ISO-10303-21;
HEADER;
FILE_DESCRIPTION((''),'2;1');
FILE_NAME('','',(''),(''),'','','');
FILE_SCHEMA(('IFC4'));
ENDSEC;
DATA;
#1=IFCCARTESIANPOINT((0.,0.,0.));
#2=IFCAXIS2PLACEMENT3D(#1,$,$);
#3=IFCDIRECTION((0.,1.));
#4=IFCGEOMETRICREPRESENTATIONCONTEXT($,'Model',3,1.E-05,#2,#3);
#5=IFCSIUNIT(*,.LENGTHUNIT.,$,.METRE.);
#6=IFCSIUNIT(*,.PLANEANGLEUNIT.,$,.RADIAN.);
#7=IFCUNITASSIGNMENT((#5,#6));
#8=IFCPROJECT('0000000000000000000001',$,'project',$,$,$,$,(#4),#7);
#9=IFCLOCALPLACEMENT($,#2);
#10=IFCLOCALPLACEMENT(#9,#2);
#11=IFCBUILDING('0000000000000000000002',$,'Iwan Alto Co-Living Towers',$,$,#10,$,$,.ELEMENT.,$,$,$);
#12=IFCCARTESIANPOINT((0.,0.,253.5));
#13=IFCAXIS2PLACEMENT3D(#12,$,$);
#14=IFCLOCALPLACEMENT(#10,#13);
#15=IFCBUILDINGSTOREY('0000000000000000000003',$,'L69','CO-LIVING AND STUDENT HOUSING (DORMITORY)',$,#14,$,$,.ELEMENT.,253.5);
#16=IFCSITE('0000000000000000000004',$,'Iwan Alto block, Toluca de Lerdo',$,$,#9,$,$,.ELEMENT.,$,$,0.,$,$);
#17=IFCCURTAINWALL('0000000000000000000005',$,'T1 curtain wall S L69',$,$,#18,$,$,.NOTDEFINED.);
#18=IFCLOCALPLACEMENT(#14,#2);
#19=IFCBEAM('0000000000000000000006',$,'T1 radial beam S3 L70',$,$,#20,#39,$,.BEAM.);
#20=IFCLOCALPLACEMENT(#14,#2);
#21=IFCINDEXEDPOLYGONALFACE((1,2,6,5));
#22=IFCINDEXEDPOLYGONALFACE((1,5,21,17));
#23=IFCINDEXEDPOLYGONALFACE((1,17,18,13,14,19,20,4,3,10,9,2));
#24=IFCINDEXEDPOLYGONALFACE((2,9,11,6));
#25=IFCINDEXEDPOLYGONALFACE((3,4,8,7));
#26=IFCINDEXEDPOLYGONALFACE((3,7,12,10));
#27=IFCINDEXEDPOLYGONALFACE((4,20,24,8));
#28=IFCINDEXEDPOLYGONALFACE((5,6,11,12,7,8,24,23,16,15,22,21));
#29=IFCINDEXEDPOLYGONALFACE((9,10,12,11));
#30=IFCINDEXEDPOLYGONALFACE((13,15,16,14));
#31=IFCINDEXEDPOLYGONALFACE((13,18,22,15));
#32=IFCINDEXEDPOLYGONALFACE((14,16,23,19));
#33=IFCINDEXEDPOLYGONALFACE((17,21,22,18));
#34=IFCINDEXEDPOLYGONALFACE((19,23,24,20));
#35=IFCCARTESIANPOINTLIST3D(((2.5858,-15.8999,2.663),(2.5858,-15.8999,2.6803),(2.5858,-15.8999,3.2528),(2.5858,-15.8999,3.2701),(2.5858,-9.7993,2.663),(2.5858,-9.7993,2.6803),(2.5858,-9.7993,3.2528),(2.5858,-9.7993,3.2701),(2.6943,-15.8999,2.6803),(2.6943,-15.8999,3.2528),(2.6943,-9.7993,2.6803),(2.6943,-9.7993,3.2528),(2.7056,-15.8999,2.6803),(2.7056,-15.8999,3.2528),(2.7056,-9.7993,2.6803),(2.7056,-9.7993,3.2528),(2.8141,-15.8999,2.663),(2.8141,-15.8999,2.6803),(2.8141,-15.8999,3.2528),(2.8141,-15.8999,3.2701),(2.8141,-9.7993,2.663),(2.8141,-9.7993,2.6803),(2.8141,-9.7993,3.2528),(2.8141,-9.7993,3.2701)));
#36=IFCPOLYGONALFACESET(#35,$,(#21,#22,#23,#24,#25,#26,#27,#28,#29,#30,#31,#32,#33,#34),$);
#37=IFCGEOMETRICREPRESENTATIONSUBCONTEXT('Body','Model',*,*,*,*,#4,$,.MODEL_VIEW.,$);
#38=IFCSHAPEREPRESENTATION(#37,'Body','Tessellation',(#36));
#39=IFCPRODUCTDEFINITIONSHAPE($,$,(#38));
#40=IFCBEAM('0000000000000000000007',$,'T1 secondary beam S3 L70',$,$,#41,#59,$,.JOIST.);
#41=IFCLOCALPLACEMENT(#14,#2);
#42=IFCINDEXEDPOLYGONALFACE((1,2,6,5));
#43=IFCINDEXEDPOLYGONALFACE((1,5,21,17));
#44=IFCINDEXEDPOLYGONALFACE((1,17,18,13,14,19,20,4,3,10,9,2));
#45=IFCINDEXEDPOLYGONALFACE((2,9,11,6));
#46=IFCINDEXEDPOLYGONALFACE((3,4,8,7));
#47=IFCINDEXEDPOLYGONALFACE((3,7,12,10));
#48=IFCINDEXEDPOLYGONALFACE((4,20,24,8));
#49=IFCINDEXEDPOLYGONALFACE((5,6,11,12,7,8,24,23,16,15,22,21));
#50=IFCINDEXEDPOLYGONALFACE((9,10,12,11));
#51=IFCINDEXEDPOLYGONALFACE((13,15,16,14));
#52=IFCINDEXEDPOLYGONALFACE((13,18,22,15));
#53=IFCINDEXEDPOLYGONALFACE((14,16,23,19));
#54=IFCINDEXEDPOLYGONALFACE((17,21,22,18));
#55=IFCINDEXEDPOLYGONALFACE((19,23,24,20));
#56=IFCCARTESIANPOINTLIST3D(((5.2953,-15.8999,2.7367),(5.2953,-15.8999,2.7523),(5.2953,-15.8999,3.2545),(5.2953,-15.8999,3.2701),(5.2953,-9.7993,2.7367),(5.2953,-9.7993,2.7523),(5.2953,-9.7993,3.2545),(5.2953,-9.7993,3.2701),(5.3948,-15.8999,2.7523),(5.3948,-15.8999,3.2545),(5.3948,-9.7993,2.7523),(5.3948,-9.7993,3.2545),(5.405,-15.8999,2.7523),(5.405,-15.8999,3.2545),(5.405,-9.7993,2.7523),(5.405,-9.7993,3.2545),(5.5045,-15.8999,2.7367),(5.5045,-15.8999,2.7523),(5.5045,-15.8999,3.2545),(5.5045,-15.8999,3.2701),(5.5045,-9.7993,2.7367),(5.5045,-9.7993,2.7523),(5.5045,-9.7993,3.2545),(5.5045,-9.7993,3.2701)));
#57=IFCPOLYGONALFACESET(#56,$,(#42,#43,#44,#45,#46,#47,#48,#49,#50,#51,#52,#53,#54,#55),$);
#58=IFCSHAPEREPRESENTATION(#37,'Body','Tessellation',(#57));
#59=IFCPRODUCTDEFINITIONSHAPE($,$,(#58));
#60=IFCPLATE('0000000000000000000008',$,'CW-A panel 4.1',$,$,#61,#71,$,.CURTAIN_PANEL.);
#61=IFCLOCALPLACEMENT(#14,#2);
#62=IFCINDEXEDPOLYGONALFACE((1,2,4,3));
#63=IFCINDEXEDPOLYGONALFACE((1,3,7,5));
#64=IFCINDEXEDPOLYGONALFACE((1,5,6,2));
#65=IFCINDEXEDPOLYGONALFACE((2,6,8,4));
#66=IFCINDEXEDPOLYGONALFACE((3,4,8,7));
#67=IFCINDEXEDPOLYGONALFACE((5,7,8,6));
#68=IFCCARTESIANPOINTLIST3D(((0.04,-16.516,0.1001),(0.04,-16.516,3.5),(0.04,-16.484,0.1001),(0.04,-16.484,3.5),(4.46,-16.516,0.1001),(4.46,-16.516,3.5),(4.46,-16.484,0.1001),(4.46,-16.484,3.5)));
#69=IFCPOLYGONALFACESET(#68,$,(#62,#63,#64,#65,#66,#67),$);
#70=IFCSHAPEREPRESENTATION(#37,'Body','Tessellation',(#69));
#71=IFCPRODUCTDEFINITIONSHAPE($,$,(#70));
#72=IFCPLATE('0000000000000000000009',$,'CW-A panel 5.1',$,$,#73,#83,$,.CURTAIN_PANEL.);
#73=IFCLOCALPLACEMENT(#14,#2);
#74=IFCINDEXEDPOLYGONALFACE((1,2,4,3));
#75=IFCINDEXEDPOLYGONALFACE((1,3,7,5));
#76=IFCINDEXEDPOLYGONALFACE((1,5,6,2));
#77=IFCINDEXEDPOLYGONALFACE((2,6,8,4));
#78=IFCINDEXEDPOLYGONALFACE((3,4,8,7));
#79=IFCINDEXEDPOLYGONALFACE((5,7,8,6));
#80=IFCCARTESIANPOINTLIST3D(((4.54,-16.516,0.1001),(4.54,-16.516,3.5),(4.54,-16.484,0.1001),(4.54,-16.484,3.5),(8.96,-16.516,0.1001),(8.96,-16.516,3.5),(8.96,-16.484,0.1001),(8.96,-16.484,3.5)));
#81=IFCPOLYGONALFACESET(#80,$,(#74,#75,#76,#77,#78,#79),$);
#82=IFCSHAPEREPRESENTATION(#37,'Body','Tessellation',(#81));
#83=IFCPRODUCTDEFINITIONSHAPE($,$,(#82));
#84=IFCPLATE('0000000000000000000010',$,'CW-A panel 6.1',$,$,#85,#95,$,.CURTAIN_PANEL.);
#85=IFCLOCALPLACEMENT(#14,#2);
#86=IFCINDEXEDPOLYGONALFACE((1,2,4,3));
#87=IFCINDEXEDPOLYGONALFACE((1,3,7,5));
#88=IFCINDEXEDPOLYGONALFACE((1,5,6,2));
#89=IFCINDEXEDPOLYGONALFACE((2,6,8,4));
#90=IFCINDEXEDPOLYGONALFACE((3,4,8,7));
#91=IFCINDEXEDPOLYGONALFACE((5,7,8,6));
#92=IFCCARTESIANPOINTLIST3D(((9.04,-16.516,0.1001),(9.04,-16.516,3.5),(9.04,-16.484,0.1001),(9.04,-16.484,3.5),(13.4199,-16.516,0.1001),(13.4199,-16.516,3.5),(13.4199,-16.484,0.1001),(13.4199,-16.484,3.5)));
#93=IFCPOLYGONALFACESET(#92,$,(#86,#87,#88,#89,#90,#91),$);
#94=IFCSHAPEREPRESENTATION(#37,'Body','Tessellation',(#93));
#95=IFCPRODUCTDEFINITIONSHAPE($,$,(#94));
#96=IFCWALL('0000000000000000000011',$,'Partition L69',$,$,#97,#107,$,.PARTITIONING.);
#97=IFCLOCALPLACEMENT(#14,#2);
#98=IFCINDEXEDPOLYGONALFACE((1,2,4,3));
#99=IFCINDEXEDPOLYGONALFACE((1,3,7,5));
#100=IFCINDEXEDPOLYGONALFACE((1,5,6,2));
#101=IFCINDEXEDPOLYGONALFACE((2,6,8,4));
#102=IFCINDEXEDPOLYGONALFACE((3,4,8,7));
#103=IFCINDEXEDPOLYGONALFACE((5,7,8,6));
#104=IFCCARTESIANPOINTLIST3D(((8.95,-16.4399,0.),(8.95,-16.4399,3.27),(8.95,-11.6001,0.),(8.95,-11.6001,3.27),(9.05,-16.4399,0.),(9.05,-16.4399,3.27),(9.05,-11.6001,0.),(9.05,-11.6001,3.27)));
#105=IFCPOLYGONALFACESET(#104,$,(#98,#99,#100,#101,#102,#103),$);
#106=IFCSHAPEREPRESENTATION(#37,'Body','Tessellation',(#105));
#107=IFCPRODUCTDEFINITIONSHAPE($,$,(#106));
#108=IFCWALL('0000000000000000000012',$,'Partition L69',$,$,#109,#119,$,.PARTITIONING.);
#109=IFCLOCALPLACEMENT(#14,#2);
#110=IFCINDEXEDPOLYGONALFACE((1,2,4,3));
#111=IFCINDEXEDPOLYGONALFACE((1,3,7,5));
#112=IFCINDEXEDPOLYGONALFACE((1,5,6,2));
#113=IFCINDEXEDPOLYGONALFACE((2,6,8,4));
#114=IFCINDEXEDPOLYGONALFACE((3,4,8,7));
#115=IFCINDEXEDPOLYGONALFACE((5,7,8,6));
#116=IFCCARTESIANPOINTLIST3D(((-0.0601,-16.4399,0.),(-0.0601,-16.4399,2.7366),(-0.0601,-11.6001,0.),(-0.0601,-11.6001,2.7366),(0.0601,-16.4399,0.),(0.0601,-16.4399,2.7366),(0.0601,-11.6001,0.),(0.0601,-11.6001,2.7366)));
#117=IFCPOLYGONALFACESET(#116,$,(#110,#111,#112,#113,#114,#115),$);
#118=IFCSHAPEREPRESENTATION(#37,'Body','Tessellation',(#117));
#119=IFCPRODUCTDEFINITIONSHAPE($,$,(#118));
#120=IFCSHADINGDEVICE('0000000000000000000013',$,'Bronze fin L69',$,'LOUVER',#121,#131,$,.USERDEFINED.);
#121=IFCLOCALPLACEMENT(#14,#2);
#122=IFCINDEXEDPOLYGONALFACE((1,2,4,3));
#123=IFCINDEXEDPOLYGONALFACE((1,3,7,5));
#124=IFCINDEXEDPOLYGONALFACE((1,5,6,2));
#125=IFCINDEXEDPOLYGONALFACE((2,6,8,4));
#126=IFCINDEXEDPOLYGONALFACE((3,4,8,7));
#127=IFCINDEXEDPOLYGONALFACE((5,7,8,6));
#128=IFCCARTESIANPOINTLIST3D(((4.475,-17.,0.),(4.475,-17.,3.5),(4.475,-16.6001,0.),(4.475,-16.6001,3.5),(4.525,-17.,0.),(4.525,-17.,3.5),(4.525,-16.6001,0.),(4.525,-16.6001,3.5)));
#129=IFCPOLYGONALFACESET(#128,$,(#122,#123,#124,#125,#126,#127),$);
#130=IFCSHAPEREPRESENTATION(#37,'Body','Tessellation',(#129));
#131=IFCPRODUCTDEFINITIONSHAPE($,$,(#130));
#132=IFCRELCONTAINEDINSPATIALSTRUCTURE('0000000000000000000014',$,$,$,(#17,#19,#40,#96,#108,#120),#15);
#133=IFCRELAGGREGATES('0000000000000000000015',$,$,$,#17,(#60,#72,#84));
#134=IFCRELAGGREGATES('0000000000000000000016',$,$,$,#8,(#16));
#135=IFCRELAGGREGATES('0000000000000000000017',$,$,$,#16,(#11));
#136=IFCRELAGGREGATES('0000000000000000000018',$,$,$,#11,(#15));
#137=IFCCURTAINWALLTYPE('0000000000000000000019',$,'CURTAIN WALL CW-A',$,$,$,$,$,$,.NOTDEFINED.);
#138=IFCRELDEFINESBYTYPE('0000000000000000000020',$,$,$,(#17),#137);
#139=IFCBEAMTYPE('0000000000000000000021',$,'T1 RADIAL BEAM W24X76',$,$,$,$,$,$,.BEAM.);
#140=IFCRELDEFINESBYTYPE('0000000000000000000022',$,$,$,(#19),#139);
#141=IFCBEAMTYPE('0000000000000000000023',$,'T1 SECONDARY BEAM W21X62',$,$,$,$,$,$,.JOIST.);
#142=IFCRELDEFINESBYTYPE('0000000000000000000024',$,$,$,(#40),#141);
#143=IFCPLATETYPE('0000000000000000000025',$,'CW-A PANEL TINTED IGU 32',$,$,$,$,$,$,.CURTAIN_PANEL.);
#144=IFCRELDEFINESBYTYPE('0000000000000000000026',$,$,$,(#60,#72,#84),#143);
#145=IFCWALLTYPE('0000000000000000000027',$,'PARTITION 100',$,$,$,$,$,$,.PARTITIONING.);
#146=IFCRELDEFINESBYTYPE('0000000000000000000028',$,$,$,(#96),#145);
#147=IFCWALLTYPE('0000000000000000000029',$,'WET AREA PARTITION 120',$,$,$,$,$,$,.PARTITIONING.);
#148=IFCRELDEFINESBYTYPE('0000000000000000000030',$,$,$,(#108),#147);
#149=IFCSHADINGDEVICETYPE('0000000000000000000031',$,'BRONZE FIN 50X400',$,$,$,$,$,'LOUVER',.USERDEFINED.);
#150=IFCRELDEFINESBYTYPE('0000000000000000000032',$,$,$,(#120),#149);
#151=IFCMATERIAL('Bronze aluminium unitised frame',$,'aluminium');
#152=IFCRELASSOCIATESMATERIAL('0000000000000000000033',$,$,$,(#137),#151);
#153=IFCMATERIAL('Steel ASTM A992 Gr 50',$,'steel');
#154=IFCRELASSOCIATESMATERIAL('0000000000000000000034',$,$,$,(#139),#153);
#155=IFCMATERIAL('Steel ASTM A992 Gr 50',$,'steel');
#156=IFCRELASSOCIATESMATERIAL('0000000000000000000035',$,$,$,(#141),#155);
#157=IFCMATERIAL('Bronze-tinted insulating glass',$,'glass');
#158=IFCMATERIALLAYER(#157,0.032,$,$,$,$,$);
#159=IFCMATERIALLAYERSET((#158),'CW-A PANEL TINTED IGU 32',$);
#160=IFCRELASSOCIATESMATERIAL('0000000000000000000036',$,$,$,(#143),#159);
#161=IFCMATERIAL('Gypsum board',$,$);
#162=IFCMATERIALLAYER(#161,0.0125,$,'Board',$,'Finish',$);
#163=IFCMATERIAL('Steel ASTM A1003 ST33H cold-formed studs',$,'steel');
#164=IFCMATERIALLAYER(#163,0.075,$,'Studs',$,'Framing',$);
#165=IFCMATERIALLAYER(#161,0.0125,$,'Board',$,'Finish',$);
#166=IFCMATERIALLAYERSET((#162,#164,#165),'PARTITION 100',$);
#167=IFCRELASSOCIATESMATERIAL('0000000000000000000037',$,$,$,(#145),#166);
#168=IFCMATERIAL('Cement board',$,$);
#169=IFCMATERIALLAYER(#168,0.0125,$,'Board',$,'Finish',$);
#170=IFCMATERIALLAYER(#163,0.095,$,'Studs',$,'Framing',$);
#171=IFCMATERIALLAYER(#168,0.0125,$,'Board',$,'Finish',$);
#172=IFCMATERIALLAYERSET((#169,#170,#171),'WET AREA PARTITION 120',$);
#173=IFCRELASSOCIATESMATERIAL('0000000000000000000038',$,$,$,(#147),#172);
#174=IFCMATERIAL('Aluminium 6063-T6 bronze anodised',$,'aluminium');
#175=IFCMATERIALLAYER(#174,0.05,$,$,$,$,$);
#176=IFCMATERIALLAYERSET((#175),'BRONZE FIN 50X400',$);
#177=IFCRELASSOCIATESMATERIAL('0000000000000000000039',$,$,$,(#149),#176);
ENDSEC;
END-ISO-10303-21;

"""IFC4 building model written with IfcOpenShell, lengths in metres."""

from ifc_helpers import new_model, si_unit, direction, frame, frame_2d, origin, origin_2d, place, context, subcontext, project, spatial, rectangle, i_section, extrude, material, layer, layer_set, material_profile, profile_set, type_object, element, aggregate, save


model = new_model("IFC4")

# Units and contexts
model_context = context("Model", 3, precision=1e-05, world=origin(), true_north=direction((0.0, 1.0)))
body_context = subcontext(model_context, "Body", "Model", "MODEL_VIEW")
ifc_project = project(units=[si_unit("LENGTHUNIT", "METRE"), si_unit("PLANEANGLEUNIT", "RADIAN")], contexts=[model_context])

# Site, building, storey
site_placement = place(None, origin())
site = spatial("IfcSite", under=ifc_project, at=site_placement, Name="Iwan Alto block, Toluca de Lerdo", CompositionType="ELEMENT", RefElevation=0.0)
building_placement = place(site_placement, origin())
building = spatial("IfcBuilding", under=site, at=building_placement, Name="Iwan Alto Co-Living Towers", CompositionType="ELEMENT")
storey_placement = place(building_placement, frame((0.0, 0.0, 253.5)))
storey = spatial("IfcBuildingStorey", under=building, at=storey_placement, Name="L69", Description="CO-LIVING AND STUDENT HOUSING (DORMITORY)", CompositionType="ELEMENT", Elevation=253.5)

# Curtain wall
ifc_material_1 = material(Name="Bronze aluminium unitised frame", Category="aluminium")
curtain_wall_type = type_object("IfcCurtainWallType", Name="CURTAIN WALL CW-A", PredefinedType="NOTDEFINED", material=ifc_material_1)
curtain_wall_placement = place(storey_placement, origin())
curtain_wall = element("IfcCurtainWall", 1, at=curtain_wall_placement, inside=storey, type_object=curtain_wall_type, Name="T1 curtain wall S L69", PredefinedType="NOTDEFINED")

# Beams
ifc_material_2 = material(Name="Steel ASTM A992 Gr 50", Category="steel")
ifc_material_profile_1 = material_profile(ifc_material_2, i_section(OverallWidth=0.2283, OverallDepth=0.6072, WebThickness=0.0112, FlangeThickness=0.0173, at=origin_2d()), Name="W24X76")
ifc_profile_set_1 = profile_set([ifc_material_profile_1], Name="Steel ASTM A992 Gr 50")
beam_type_1 = type_object("IfcBeamType", Name="T1 RADIAL BEAM W24X76", PredefinedType="BEAM", material=ifc_profile_set_1)
beam_1_placement = place(storey_placement, frame((2.7, -15.8999, 2.9666), z_axis=(0.0, 1.0, 0.0), x_axis=(-1.0, 0.0, 0.0)))
element("IfcBeam", 2, at=beam_1_placement, inside=storey, type_object=beam_type_1, Name="T1 radial beam S3 L70", PredefinedType="BEAM", context=body_context, shape_type="SweptSolid", body=[
    extrude(i_section(OverallWidth=0.2283, OverallDepth=0.6072, WebThickness=0.0112, FlangeThickness=0.0173, at=origin_2d()), origin(), (0.0, 0.0, 1.0), 6.1006),
])
ifc_material_3 = material(Name="Steel ASTM A992 Gr 50", Category="steel")
ifc_material_profile_2 = material_profile(ifc_material_3, i_section(OverallWidth=0.2092, OverallDepth=0.5334, WebThickness=0.0103, FlangeThickness=0.0156, at=origin_2d()), Name="W21X62")
ifc_profile_set_2 = profile_set([ifc_material_profile_2], Name="Steel ASTM A992 Gr 50")
beam_type_2 = type_object("IfcBeamType", Name="T1 SECONDARY BEAM W21X62", PredefinedType="JOIST", material=ifc_profile_set_2)
beam_2_placement = place(storey_placement, frame((5.3999, -15.8999, 3.0034), z_axis=(0.0, 1.0, 0.0), x_axis=(-1.0, 0.0, 0.0)))
element("IfcBeam", 3, at=beam_2_placement, inside=storey, type_object=beam_type_2, Name="T1 secondary beam S3 L70", PredefinedType="JOIST", context=body_context, shape_type="SweptSolid", body=[
    extrude(i_section(OverallWidth=0.2092, OverallDepth=0.5334, WebThickness=0.0103, FlangeThickness=0.0156, at=origin_2d()), origin(), (0.0, 0.0, 1.0), 6.1006),
])

# Plates
ifc_material_4 = material(Name="Bronze-tinted insulating glass", Category="glass")
ifc_layer_1 = layer(ifc_material_4, 0.032)
ifc_layer_set_1 = layer_set([ifc_layer_1], Name="CW-A PANEL TINTED IGU 32")
plate_type = type_object("IfcPlateType", Name="CW-A PANEL TINTED IGU 32", PredefinedType="CURTAIN_PANEL", material=ifc_layer_set_1)
plate_1_placement = place(storey_placement, frame((2.25, -16.5, 0.1001), z_axis=(0.0, 0.0, 1.0), x_axis=(1.0, 0.0, 0.0)))
plate_1 = element("IfcPlate", 4, at=plate_1_placement, type_object=plate_type, Name="CW-A panel 4.1", PredefinedType="CURTAIN_PANEL", context=body_context, shape_type="SweptSolid", body=[
    extrude(rectangle(XDim=4.4199, YDim=0.032, at=origin_2d()), origin(), (0.0, 0.0, 1.0), 3.3999),
])
plate_2_placement = place(storey_placement, frame((6.75, -16.5, 0.1001), z_axis=(0.0, 0.0, 1.0), x_axis=(1.0, 0.0, 0.0)))
plate_2 = element("IfcPlate", 5, at=plate_2_placement, type_object=plate_type, Name="CW-A panel 5.1", PredefinedType="CURTAIN_PANEL", context=body_context, shape_type="SweptSolid", body=[
    extrude(rectangle(XDim=4.4199, YDim=0.032, at=origin_2d()), origin(), (0.0, 0.0, 1.0), 3.3999),
])
plate_3_placement = place(storey_placement, frame((11.23, -16.5, 0.1001), z_axis=(0.0, 0.0, 1.0), x_axis=(1.0, 0.0, 0.0)))
plate_3 = element("IfcPlate", 6, at=plate_3_placement, type_object=plate_type, Name="CW-A panel 6.1", PredefinedType="CURTAIN_PANEL", context=body_context, shape_type="SweptSolid", body=[
    extrude(rectangle(XDim=4.3799, YDim=0.032, at=origin_2d()), origin(), (0.0, 0.0, 1.0), 3.3999),
])
aggregate(curtain_wall, [plate_1, plate_2, plate_3])

# Walls
ifc_material_5 = material(Name="Gypsum board")
ifc_layer_2 = layer(ifc_material_5, 0.0125, Name="Board", Category="Finish")
ifc_material_6 = material(Name="Steel ASTM A1003 ST33H cold-formed studs", Category="steel")
ifc_layer_3 = layer(ifc_material_6, 0.075, Name="Studs", Category="Framing")
ifc_layer_4 = layer(ifc_material_5, 0.0125, Name="Board", Category="Finish")
ifc_layer_set_2 = layer_set([ifc_layer_2, ifc_layer_3, ifc_layer_4], Name="PARTITION 100")
wall_type_1 = type_object("IfcWallType", Name="PARTITION 100", PredefinedType="PARTITIONING", material=ifc_layer_set_2)
wall_1_placement = place(storey_placement, frame((9.0, -16.4399, 0.0), z_axis=(0.0, 0.0, 1.0), x_axis=(0.0, 1.0, 0.0)))
element("IfcWall", 7, at=wall_1_placement, inside=storey, type_object=wall_type_1, Name="Partition L69", PredefinedType="PARTITIONING", context=body_context, shape_type="SweptSolid", body=[
    extrude(rectangle(XDim=4.8398, YDim=0.1001, at=frame_2d((2.4199, 0.0))), origin(), (0.0, 0.0, 1.0), 3.27),
])
ifc_material_7 = material(Name="Cement board")
ifc_layer_5 = layer(ifc_material_7, 0.0125, Name="Board", Category="Finish")
ifc_layer_6 = layer(ifc_material_6, 0.095, Name="Studs", Category="Framing")
ifc_layer_7 = layer(ifc_material_7, 0.0125, Name="Board", Category="Finish")
ifc_layer_set_3 = layer_set([ifc_layer_5, ifc_layer_6, ifc_layer_7], Name="WET AREA PARTITION 120")
wall_type_2 = type_object("IfcWallType", Name="WET AREA PARTITION 120", PredefinedType="PARTITIONING", material=ifc_layer_set_3)
wall_2_placement = place(storey_placement, frame((0.0, -16.4399, 0.0), z_axis=(0.0, 0.0, 1.0), x_axis=(0.0, 1.0, 0.0)))
element("IfcWall", 8, at=wall_2_placement, inside=storey, type_object=wall_type_2, Name="Partition L69", PredefinedType="PARTITIONING", context=body_context, shape_type="SweptSolid", body=[
    extrude(rectangle(XDim=4.8398, YDim=0.1201, at=frame_2d((2.4199, 0.0))), origin(), (0.0, 0.0, 1.0), 2.7366),
])

# Shading device
ifc_material_8 = material(Name="Aluminium 6063-T6 bronze anodised", Category="aluminium")
ifc_layer_8 = layer(ifc_material_8, 0.05)
ifc_layer_set_4 = layer_set([ifc_layer_8], Name="BRONZE FIN 50X400")
shading_device_type = type_object("IfcShadingDeviceType", Name="BRONZE FIN 50X400", ElementType="LOUVER", PredefinedType="USERDEFINED", material=ifc_layer_set_4)
shading_device_placement = place(storey_placement, frame((4.5, -16.8, 0.0), z_axis=(0.0, 0.0, 1.0), x_axis=(1.0, 0.0, 0.0)))
element("IfcShadingDevice", 9, at=shading_device_placement, inside=storey, type_object=shading_device_type, Name="Bronze fin L69", ObjectType="LOUVER", PredefinedType="USERDEFINED", context=body_context, shape_type="SweptSolid", body=[
    extrude(rectangle(XDim=0.05, YDim=0.3999, at=origin_2d()), origin(), (0.0, 0.0, 1.0), 3.5),
])

save(model, "model.ifc")
